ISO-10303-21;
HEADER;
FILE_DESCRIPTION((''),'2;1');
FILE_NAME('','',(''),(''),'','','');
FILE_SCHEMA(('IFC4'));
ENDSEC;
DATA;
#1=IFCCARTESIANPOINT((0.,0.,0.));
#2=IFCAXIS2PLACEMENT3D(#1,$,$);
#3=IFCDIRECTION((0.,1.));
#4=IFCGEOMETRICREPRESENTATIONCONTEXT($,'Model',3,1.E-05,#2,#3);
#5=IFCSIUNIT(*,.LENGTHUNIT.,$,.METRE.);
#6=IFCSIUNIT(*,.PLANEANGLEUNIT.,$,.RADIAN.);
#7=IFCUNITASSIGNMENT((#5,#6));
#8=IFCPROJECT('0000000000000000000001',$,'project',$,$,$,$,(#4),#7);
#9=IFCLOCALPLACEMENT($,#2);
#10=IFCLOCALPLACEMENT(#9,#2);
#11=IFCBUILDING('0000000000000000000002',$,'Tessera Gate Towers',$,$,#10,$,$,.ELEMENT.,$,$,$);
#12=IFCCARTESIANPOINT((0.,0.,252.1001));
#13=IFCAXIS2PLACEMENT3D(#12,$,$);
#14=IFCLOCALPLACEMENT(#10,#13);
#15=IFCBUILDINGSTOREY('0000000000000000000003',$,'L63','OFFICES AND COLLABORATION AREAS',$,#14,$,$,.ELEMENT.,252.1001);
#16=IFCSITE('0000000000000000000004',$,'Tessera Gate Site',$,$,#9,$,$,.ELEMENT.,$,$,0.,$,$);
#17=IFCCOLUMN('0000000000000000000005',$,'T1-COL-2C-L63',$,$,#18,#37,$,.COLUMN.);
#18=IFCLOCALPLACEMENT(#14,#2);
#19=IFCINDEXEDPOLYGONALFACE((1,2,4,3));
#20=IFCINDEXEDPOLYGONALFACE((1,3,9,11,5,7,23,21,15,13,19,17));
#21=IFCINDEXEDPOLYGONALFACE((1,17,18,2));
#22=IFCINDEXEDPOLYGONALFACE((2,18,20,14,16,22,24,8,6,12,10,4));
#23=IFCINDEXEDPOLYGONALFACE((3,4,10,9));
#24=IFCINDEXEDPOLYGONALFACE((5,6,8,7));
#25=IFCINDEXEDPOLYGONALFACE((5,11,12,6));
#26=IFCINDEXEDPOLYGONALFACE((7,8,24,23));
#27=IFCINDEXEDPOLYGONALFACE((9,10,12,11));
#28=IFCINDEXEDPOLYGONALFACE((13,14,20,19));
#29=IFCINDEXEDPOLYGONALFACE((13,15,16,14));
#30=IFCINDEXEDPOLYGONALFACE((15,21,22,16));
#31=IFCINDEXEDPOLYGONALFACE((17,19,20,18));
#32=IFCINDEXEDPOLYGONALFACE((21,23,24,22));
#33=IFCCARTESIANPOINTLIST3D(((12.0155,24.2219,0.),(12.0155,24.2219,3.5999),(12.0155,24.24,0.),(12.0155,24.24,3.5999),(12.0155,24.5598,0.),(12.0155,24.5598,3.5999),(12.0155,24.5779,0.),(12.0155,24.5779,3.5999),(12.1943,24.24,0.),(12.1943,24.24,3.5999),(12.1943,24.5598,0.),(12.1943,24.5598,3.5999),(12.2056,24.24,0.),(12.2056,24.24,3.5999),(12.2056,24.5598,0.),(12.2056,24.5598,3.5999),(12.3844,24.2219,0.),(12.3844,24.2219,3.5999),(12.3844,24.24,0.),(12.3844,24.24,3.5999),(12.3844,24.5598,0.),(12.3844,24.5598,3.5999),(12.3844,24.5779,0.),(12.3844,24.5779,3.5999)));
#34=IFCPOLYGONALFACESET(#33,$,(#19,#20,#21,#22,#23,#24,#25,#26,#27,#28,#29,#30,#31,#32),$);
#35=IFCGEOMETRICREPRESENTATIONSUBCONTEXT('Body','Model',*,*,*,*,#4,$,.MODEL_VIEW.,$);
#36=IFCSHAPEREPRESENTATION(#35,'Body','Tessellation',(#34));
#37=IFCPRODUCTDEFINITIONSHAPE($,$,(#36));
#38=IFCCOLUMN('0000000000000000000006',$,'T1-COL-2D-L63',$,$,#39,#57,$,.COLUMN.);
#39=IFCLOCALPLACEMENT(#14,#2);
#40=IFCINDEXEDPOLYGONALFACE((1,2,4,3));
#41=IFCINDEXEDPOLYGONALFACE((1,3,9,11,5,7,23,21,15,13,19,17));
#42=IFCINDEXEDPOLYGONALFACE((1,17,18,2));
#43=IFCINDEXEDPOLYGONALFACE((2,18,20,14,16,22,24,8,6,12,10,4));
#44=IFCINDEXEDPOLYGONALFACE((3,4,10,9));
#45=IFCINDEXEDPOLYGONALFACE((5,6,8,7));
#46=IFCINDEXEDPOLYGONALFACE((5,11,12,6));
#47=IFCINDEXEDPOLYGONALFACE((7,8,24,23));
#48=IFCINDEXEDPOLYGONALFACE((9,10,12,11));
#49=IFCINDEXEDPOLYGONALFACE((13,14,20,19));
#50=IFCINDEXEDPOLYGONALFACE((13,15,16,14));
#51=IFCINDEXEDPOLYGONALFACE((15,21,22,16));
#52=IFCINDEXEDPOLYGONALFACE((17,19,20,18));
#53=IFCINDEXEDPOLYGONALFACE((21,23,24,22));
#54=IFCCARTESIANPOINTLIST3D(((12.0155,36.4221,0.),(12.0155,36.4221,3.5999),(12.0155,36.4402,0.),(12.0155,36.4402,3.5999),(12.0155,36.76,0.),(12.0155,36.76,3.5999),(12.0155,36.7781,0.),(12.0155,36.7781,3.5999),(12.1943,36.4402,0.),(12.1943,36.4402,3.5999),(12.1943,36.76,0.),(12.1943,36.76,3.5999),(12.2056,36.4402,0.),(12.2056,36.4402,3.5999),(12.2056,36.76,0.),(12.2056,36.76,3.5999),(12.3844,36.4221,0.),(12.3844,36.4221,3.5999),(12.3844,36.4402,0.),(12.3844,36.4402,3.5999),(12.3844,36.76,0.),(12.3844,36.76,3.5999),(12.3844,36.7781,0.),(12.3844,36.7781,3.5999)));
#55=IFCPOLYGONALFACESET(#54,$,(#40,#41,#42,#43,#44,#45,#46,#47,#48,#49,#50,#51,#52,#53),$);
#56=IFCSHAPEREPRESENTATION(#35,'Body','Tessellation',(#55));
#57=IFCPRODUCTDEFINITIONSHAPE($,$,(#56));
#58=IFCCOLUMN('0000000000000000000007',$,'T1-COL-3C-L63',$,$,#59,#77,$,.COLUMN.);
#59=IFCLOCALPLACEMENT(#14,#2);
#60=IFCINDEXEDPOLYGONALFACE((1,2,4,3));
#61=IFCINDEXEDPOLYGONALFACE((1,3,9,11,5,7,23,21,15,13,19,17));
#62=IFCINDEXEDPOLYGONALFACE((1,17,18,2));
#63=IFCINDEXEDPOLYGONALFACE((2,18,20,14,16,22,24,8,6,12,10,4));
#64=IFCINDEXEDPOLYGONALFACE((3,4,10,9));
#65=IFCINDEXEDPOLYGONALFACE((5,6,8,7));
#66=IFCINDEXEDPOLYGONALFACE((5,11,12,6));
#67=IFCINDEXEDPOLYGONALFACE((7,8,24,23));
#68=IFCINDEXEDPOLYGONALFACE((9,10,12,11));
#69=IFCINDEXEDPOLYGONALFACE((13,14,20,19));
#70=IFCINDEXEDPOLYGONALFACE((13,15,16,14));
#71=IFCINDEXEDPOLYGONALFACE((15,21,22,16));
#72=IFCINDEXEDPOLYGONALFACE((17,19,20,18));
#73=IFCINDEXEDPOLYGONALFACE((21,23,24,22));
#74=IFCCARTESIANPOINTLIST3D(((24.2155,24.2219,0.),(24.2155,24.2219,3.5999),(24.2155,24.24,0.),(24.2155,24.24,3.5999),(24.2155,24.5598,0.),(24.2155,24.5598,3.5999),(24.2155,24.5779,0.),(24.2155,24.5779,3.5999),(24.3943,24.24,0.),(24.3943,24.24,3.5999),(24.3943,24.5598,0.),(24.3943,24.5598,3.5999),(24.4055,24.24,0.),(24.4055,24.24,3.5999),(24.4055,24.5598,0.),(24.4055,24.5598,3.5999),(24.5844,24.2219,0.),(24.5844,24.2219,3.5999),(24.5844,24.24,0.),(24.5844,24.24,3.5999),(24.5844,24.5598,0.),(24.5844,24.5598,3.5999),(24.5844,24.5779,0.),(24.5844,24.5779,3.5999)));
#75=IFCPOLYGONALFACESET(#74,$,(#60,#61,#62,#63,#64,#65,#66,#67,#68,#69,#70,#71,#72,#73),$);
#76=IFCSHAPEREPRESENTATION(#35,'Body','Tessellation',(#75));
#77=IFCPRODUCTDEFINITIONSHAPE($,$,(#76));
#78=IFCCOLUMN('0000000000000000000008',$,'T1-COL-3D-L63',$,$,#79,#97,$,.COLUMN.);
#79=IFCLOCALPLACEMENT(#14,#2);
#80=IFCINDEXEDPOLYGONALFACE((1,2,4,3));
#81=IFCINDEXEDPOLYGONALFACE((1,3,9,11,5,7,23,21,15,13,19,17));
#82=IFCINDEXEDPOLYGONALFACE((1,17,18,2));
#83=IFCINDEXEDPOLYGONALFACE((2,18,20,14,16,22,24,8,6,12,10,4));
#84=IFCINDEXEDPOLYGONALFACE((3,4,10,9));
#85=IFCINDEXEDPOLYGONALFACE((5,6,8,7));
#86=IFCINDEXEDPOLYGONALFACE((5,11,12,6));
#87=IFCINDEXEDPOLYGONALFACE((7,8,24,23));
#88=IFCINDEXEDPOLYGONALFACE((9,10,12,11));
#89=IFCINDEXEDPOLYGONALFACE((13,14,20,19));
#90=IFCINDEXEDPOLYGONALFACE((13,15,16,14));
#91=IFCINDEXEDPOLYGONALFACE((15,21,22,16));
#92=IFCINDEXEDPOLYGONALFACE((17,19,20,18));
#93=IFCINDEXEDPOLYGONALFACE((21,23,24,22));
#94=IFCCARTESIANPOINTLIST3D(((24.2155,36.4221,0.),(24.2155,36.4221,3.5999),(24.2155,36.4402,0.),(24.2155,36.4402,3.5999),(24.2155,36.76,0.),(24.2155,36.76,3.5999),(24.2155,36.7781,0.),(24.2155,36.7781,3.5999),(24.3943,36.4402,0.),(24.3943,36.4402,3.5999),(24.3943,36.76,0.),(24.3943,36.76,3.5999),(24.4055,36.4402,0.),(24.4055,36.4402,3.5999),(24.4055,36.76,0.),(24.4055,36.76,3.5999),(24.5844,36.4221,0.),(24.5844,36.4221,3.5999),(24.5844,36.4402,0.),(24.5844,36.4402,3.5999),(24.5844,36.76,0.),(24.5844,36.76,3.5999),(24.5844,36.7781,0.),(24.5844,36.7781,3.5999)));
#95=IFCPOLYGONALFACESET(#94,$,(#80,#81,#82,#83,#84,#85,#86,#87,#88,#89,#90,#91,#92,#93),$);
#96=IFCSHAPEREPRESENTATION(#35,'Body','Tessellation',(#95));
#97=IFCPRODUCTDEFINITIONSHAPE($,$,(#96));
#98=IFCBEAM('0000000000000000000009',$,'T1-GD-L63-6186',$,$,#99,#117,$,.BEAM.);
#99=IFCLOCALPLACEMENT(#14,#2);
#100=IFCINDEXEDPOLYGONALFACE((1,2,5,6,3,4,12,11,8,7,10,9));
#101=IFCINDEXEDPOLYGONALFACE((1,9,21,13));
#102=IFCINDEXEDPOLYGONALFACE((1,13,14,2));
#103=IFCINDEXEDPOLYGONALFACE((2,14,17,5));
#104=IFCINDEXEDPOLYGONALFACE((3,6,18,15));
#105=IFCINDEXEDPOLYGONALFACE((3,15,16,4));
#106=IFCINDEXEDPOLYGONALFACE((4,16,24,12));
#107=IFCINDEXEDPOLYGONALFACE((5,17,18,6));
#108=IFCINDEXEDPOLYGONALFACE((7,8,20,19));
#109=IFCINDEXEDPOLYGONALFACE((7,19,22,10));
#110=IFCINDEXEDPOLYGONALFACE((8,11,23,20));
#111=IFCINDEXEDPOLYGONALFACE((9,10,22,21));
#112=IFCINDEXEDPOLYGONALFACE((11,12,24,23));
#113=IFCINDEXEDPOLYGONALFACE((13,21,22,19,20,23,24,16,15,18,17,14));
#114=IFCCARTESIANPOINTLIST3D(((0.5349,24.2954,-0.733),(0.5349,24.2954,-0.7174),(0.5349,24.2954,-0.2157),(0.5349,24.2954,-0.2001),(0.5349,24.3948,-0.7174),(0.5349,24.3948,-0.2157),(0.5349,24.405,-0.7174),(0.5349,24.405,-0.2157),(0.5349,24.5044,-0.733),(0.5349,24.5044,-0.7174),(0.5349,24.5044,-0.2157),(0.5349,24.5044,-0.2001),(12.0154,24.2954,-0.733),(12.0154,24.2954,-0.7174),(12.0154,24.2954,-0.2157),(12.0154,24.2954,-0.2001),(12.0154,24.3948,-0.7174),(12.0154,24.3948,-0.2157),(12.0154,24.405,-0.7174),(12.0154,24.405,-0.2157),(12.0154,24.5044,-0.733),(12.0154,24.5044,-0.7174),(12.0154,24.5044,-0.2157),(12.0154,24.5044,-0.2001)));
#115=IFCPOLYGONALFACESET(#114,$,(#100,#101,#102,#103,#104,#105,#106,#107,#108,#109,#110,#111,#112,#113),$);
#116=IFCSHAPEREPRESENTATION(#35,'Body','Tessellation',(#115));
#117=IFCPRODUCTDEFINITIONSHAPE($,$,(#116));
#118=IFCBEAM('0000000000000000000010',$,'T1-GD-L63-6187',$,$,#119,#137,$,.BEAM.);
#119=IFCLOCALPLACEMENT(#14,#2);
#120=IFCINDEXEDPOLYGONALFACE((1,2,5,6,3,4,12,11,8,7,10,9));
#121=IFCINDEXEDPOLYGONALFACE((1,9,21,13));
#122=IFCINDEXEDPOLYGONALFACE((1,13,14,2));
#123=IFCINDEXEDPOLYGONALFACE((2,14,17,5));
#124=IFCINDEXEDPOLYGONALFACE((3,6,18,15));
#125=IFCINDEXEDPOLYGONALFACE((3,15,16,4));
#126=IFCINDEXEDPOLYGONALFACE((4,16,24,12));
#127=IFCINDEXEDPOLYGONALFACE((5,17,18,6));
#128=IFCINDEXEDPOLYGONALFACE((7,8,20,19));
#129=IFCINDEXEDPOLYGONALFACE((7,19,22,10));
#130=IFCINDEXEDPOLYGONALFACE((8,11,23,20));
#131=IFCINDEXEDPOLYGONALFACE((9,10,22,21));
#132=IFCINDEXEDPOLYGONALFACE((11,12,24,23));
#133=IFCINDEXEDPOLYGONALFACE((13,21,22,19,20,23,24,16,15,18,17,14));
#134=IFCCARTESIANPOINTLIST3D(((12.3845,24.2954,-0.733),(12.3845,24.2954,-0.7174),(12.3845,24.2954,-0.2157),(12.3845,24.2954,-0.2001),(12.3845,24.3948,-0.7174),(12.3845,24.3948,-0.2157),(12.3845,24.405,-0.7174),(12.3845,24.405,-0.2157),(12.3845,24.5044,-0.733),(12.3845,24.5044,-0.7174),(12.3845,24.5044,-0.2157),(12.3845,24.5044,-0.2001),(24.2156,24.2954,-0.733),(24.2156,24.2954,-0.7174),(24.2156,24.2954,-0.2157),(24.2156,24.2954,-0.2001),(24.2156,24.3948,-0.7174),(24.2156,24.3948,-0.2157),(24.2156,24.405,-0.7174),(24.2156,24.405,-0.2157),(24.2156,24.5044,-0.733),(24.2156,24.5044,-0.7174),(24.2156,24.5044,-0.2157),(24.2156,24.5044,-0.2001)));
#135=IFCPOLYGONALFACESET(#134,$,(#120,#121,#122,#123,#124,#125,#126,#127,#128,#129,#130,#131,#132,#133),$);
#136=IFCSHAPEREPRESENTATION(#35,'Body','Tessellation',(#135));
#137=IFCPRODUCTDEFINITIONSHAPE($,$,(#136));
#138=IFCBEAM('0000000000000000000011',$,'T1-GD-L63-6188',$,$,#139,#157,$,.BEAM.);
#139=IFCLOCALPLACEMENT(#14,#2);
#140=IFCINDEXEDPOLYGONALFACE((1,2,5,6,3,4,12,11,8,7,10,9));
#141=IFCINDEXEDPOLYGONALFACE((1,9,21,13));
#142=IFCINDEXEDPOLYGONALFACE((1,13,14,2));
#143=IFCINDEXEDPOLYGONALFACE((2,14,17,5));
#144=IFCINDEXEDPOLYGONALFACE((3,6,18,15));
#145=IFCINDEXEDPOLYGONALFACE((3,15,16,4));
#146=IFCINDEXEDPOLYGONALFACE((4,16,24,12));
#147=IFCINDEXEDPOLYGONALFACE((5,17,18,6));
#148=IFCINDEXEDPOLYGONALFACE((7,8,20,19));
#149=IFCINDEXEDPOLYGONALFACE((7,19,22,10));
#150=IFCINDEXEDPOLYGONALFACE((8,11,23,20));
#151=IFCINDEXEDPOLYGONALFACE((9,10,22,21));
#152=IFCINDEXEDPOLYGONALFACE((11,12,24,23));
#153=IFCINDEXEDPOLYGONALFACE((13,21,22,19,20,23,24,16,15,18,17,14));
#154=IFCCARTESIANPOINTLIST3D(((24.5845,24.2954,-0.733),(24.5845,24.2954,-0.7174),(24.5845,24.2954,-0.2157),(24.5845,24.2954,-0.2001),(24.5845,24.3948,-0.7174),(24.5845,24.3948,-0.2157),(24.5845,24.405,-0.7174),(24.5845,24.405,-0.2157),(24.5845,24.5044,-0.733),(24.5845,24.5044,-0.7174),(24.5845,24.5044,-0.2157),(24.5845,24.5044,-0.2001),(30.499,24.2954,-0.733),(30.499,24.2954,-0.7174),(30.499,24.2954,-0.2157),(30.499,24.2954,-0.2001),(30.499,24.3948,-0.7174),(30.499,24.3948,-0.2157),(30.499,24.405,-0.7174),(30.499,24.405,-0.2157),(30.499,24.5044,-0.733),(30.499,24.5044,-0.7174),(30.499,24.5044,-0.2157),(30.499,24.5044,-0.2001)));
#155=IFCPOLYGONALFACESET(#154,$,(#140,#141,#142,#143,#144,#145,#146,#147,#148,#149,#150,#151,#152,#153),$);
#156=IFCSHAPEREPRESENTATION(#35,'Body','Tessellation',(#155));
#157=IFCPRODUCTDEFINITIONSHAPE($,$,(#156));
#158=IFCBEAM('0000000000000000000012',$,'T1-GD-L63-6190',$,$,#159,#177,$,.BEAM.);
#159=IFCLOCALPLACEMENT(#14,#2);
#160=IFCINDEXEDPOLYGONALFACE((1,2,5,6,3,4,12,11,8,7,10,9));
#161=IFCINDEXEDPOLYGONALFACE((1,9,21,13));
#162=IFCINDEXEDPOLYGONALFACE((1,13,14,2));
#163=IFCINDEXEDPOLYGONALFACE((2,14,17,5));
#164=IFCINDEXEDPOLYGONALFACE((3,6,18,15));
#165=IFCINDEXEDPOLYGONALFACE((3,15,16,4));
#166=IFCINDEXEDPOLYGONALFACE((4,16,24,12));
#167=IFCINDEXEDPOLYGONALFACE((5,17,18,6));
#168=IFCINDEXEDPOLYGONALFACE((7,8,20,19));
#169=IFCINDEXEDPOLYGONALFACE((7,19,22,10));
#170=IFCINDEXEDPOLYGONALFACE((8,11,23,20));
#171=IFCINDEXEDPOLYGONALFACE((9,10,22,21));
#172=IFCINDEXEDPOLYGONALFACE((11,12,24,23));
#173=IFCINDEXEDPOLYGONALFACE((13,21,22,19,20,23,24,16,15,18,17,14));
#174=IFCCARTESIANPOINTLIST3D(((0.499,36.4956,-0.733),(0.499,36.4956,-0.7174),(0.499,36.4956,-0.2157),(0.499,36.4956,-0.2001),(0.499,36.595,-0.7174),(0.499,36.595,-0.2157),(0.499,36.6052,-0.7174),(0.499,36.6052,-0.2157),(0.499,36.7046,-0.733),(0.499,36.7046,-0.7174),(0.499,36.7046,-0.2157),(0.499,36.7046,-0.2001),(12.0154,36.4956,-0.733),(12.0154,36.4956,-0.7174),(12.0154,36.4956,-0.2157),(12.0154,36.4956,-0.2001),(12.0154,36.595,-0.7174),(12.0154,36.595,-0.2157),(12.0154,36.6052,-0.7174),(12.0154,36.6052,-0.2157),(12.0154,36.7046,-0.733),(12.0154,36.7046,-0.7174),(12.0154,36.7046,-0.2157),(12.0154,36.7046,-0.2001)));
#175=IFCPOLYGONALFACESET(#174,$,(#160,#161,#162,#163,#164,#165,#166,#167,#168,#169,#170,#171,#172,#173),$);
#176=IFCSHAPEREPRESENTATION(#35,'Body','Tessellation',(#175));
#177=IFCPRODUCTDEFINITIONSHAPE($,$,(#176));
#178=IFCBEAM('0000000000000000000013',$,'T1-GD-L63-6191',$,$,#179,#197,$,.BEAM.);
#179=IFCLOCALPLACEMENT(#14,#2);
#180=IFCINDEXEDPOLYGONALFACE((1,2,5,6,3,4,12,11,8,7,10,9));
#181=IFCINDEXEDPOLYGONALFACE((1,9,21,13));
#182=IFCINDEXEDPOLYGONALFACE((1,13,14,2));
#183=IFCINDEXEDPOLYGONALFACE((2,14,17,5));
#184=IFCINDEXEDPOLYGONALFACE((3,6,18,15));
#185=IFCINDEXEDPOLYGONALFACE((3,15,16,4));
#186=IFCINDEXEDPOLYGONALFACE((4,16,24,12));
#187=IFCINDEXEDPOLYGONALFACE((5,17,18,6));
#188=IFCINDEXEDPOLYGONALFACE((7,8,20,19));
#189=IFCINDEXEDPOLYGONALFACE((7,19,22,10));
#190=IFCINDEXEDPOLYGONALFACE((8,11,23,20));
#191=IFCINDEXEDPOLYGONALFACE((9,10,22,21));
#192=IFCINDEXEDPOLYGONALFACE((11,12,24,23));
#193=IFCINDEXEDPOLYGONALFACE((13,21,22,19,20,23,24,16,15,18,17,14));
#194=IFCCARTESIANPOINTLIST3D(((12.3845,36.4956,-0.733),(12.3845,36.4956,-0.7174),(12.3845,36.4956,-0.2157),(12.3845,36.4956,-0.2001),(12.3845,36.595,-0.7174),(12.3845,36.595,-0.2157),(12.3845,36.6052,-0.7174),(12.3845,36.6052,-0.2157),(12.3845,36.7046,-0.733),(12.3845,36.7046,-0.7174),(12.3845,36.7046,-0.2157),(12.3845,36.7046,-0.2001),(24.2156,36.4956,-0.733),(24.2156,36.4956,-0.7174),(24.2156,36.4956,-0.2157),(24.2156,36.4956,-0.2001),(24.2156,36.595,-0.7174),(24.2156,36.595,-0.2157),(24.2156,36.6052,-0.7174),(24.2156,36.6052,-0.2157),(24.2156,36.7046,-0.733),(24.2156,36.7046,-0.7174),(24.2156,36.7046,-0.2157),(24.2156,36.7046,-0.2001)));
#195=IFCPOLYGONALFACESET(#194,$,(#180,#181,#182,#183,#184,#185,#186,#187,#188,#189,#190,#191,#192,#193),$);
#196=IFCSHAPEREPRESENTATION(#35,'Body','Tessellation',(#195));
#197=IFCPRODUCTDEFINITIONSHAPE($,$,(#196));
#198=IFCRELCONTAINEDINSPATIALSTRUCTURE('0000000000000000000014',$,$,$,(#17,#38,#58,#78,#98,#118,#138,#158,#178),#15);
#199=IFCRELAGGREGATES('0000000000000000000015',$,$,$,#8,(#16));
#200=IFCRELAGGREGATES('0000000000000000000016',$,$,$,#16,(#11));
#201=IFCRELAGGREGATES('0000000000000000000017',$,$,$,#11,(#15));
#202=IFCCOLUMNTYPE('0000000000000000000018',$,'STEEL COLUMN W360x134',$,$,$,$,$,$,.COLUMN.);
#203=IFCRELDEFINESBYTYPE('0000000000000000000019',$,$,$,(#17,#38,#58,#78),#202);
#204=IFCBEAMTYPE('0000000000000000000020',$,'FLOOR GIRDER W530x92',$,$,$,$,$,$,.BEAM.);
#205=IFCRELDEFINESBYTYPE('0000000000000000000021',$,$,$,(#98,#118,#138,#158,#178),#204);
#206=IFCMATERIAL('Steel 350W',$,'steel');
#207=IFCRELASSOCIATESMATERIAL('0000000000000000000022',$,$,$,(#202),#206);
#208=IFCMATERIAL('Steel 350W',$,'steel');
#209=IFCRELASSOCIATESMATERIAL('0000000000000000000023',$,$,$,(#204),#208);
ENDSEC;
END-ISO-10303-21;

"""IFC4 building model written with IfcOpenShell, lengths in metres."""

from ifc_helpers import new_model, si_unit, direction, frame, origin, origin_2d, place, context, subcontext, project, spatial, i_section, extrude, material, material_profile, profile_set, type_object, element, save


model = new_model("IFC4")

# Units and contexts
model_context = context("Model", 3, precision=1e-05, world=origin(), true_north=direction((0.0, 1.0)))
body_context = subcontext(model_context, "Body", "Model", "MODEL_VIEW")
ifc_project = project(units=[si_unit("LENGTHUNIT", "METRE"), si_unit("PLANEANGLEUNIT", "RADIAN")], contexts=[model_context])

# Site, building, storey
site_placement = place(None, origin())
site = spatial("IfcSite", under=ifc_project, at=site_placement, Name="Tessera Gate Site", CompositionType="ELEMENT", RefElevation=0.0)
building_placement = place(site_placement, origin())
building = spatial("IfcBuilding", under=site, at=building_placement, Name="Tessera Gate Towers", CompositionType="ELEMENT")
storey_placement = place(building_placement, frame((0.0, 0.0, 252.1001)))
storey = spatial("IfcBuildingStorey", under=building, at=storey_placement, Name="L63", Description="OFFICES AND COLLABORATION AREAS", CompositionType="ELEMENT", Elevation=252.1001)

# Columns
ifc_material_1 = material(Name="Steel 350W", Category="steel")
ifc_material_profile_1 = material_profile(ifc_material_1, i_section(OverallWidth=0.3689, OverallDepth=0.356, WebThickness=0.0112, FlangeThickness=0.0181, at=origin_2d()), Name="W360x134")
ifc_profile_set_1 = profile_set([ifc_material_profile_1], Name="Steel 350W")
column_type = type_object("IfcColumnType", Name="STEEL COLUMN W360x134", PredefinedType="COLUMN", material=ifc_profile_set_1)
for number, where, z_axis, x_axis, name in (
    (1, (12.2, 24.3999, 0.0), (0.0, 0.0, 1.0), (1.0, 0.0, 0.0), "T1-COL-2C-L63"),
    (2, (12.2, 36.6001, 0.0), (0.0, 0.0, 1.0), (1.0, 0.0, 0.0), "T1-COL-2D-L63"),
    (3, (24.3999, 24.3999, 0.0), (0.0, 0.0, 1.0), (1.0, 0.0, 0.0), "T1-COL-3C-L63"),
    (4, (24.3999, 36.6001, 0.0), (0.0, 0.0, 1.0), (1.0, 0.0, 0.0), "T1-COL-3D-L63"),
):
    element("IfcColumn", number, at=place(storey_placement, frame(where, z_axis=z_axis, x_axis=x_axis)), inside=storey, type_object=column_type, Name=name, PredefinedType="COLUMN", context=body_context, shape_type="SweptSolid", body=[
        extrude(i_section(OverallWidth=0.3689, OverallDepth=0.356, WebThickness=0.0112, FlangeThickness=0.0181, at=origin_2d()), origin(), (0.0, 0.0, 1.0), 3.5999),
    ])

# Beams
ifc_material_2 = material(Name="Steel 350W", Category="steel")
ifc_material_profile_2 = material_profile(ifc_material_2, i_section(OverallWidth=0.209, OverallDepth=0.533, WebThickness=0.0103, FlangeThickness=0.0156, at=origin_2d()), Name="W530x92")
ifc_profile_set_2 = profile_set([ifc_material_profile_2], Name="Steel 350W")
beam_type_1 = type_object("IfcBeamType", Name="FLOOR GIRDER W530x92", PredefinedType="BEAM", material=ifc_profile_set_2)
beam_1_placement = place(storey_placement, frame((0.5349, 24.3999, -0.4666), z_axis=(1.0, 0.0, 0.0), x_axis=(0.0, 1.0, 0.0)))
element("IfcBeam", 5, at=beam_1_placement, inside=storey, type_object=beam_type_1, Name="T1-GD-L63-6186", PredefinedType="BEAM", context=body_context, shape_type="SweptSolid", body=[
    extrude(i_section(OverallWidth=0.209, OverallDepth=0.533, WebThickness=0.0103, FlangeThickness=0.0156, at=origin_2d()), origin(), (0.0, 0.0, 1.0), 11.4805),
])
beam_2_placement = place(storey_placement, frame((12.3845, 24.3999, -0.4666), z_axis=(1.0, 0.0, 0.0), x_axis=(0.0, 1.0, 0.0)))
element("IfcBeam", 6, at=beam_2_placement, inside=storey, type_object=beam_type_1, Name="T1-GD-L63-6187", PredefinedType="BEAM", context=body_context, shape_type="SweptSolid", body=[
    extrude(i_section(OverallWidth=0.209, OverallDepth=0.533, WebThickness=0.0103, FlangeThickness=0.0156, at=origin_2d()), origin(), (0.0, 0.0, 1.0), 11.8311),
])
beam_3_placement = place(storey_placement, frame((24.5845, 24.3999, -0.4666), z_axis=(1.0, 0.0, 0.0), x_axis=(0.0, 1.0, 0.0)))
element("IfcBeam", 7, at=beam_3_placement, inside=storey, type_object=beam_type_1, Name="T1-GD-L63-6188", PredefinedType="BEAM", context=body_context, shape_type="SweptSolid", body=[
    extrude(i_section(OverallWidth=0.209, OverallDepth=0.533, WebThickness=0.0103, FlangeThickness=0.0156, at=origin_2d()), origin(), (0.0, 0.0, 1.0), 5.9146),
])
beam_4_placement = place(storey_placement, frame((0.499, 36.6001, -0.4666), z_axis=(1.0, 0.0, 0.0), x_axis=(0.0, 1.0, 0.0)))
element("IfcBeam", 8, at=beam_4_placement, inside=storey, type_object=beam_type_1, Name="T1-GD-L63-6190", PredefinedType="BEAM", context=body_context, shape_type="SweptSolid", body=[
    extrude(i_section(OverallWidth=0.209, OverallDepth=0.533, WebThickness=0.0103, FlangeThickness=0.0156, at=origin_2d()), origin(), (0.0, 0.0, 1.0), 11.5164),
])
beam_5_placement = place(storey_placement, frame((12.3845, 36.6001, -0.4666), z_axis=(1.0, 0.0, 0.0), x_axis=(0.0, 1.0, 0.0)))
element("IfcBeam", 9, at=beam_5_placement, inside=storey, type_object=beam_type_1, Name="T1-GD-L63-6191", PredefinedType="BEAM", context=body_context, shape_type="SweptSolid", body=[
    extrude(i_section(OverallWidth=0.209, OverallDepth=0.533, WebThickness=0.0103, FlangeThickness=0.0156, at=origin_2d()), origin(), (0.0, 0.0, 1.0), 11.8311),
])

save(model, "model.ifc")
